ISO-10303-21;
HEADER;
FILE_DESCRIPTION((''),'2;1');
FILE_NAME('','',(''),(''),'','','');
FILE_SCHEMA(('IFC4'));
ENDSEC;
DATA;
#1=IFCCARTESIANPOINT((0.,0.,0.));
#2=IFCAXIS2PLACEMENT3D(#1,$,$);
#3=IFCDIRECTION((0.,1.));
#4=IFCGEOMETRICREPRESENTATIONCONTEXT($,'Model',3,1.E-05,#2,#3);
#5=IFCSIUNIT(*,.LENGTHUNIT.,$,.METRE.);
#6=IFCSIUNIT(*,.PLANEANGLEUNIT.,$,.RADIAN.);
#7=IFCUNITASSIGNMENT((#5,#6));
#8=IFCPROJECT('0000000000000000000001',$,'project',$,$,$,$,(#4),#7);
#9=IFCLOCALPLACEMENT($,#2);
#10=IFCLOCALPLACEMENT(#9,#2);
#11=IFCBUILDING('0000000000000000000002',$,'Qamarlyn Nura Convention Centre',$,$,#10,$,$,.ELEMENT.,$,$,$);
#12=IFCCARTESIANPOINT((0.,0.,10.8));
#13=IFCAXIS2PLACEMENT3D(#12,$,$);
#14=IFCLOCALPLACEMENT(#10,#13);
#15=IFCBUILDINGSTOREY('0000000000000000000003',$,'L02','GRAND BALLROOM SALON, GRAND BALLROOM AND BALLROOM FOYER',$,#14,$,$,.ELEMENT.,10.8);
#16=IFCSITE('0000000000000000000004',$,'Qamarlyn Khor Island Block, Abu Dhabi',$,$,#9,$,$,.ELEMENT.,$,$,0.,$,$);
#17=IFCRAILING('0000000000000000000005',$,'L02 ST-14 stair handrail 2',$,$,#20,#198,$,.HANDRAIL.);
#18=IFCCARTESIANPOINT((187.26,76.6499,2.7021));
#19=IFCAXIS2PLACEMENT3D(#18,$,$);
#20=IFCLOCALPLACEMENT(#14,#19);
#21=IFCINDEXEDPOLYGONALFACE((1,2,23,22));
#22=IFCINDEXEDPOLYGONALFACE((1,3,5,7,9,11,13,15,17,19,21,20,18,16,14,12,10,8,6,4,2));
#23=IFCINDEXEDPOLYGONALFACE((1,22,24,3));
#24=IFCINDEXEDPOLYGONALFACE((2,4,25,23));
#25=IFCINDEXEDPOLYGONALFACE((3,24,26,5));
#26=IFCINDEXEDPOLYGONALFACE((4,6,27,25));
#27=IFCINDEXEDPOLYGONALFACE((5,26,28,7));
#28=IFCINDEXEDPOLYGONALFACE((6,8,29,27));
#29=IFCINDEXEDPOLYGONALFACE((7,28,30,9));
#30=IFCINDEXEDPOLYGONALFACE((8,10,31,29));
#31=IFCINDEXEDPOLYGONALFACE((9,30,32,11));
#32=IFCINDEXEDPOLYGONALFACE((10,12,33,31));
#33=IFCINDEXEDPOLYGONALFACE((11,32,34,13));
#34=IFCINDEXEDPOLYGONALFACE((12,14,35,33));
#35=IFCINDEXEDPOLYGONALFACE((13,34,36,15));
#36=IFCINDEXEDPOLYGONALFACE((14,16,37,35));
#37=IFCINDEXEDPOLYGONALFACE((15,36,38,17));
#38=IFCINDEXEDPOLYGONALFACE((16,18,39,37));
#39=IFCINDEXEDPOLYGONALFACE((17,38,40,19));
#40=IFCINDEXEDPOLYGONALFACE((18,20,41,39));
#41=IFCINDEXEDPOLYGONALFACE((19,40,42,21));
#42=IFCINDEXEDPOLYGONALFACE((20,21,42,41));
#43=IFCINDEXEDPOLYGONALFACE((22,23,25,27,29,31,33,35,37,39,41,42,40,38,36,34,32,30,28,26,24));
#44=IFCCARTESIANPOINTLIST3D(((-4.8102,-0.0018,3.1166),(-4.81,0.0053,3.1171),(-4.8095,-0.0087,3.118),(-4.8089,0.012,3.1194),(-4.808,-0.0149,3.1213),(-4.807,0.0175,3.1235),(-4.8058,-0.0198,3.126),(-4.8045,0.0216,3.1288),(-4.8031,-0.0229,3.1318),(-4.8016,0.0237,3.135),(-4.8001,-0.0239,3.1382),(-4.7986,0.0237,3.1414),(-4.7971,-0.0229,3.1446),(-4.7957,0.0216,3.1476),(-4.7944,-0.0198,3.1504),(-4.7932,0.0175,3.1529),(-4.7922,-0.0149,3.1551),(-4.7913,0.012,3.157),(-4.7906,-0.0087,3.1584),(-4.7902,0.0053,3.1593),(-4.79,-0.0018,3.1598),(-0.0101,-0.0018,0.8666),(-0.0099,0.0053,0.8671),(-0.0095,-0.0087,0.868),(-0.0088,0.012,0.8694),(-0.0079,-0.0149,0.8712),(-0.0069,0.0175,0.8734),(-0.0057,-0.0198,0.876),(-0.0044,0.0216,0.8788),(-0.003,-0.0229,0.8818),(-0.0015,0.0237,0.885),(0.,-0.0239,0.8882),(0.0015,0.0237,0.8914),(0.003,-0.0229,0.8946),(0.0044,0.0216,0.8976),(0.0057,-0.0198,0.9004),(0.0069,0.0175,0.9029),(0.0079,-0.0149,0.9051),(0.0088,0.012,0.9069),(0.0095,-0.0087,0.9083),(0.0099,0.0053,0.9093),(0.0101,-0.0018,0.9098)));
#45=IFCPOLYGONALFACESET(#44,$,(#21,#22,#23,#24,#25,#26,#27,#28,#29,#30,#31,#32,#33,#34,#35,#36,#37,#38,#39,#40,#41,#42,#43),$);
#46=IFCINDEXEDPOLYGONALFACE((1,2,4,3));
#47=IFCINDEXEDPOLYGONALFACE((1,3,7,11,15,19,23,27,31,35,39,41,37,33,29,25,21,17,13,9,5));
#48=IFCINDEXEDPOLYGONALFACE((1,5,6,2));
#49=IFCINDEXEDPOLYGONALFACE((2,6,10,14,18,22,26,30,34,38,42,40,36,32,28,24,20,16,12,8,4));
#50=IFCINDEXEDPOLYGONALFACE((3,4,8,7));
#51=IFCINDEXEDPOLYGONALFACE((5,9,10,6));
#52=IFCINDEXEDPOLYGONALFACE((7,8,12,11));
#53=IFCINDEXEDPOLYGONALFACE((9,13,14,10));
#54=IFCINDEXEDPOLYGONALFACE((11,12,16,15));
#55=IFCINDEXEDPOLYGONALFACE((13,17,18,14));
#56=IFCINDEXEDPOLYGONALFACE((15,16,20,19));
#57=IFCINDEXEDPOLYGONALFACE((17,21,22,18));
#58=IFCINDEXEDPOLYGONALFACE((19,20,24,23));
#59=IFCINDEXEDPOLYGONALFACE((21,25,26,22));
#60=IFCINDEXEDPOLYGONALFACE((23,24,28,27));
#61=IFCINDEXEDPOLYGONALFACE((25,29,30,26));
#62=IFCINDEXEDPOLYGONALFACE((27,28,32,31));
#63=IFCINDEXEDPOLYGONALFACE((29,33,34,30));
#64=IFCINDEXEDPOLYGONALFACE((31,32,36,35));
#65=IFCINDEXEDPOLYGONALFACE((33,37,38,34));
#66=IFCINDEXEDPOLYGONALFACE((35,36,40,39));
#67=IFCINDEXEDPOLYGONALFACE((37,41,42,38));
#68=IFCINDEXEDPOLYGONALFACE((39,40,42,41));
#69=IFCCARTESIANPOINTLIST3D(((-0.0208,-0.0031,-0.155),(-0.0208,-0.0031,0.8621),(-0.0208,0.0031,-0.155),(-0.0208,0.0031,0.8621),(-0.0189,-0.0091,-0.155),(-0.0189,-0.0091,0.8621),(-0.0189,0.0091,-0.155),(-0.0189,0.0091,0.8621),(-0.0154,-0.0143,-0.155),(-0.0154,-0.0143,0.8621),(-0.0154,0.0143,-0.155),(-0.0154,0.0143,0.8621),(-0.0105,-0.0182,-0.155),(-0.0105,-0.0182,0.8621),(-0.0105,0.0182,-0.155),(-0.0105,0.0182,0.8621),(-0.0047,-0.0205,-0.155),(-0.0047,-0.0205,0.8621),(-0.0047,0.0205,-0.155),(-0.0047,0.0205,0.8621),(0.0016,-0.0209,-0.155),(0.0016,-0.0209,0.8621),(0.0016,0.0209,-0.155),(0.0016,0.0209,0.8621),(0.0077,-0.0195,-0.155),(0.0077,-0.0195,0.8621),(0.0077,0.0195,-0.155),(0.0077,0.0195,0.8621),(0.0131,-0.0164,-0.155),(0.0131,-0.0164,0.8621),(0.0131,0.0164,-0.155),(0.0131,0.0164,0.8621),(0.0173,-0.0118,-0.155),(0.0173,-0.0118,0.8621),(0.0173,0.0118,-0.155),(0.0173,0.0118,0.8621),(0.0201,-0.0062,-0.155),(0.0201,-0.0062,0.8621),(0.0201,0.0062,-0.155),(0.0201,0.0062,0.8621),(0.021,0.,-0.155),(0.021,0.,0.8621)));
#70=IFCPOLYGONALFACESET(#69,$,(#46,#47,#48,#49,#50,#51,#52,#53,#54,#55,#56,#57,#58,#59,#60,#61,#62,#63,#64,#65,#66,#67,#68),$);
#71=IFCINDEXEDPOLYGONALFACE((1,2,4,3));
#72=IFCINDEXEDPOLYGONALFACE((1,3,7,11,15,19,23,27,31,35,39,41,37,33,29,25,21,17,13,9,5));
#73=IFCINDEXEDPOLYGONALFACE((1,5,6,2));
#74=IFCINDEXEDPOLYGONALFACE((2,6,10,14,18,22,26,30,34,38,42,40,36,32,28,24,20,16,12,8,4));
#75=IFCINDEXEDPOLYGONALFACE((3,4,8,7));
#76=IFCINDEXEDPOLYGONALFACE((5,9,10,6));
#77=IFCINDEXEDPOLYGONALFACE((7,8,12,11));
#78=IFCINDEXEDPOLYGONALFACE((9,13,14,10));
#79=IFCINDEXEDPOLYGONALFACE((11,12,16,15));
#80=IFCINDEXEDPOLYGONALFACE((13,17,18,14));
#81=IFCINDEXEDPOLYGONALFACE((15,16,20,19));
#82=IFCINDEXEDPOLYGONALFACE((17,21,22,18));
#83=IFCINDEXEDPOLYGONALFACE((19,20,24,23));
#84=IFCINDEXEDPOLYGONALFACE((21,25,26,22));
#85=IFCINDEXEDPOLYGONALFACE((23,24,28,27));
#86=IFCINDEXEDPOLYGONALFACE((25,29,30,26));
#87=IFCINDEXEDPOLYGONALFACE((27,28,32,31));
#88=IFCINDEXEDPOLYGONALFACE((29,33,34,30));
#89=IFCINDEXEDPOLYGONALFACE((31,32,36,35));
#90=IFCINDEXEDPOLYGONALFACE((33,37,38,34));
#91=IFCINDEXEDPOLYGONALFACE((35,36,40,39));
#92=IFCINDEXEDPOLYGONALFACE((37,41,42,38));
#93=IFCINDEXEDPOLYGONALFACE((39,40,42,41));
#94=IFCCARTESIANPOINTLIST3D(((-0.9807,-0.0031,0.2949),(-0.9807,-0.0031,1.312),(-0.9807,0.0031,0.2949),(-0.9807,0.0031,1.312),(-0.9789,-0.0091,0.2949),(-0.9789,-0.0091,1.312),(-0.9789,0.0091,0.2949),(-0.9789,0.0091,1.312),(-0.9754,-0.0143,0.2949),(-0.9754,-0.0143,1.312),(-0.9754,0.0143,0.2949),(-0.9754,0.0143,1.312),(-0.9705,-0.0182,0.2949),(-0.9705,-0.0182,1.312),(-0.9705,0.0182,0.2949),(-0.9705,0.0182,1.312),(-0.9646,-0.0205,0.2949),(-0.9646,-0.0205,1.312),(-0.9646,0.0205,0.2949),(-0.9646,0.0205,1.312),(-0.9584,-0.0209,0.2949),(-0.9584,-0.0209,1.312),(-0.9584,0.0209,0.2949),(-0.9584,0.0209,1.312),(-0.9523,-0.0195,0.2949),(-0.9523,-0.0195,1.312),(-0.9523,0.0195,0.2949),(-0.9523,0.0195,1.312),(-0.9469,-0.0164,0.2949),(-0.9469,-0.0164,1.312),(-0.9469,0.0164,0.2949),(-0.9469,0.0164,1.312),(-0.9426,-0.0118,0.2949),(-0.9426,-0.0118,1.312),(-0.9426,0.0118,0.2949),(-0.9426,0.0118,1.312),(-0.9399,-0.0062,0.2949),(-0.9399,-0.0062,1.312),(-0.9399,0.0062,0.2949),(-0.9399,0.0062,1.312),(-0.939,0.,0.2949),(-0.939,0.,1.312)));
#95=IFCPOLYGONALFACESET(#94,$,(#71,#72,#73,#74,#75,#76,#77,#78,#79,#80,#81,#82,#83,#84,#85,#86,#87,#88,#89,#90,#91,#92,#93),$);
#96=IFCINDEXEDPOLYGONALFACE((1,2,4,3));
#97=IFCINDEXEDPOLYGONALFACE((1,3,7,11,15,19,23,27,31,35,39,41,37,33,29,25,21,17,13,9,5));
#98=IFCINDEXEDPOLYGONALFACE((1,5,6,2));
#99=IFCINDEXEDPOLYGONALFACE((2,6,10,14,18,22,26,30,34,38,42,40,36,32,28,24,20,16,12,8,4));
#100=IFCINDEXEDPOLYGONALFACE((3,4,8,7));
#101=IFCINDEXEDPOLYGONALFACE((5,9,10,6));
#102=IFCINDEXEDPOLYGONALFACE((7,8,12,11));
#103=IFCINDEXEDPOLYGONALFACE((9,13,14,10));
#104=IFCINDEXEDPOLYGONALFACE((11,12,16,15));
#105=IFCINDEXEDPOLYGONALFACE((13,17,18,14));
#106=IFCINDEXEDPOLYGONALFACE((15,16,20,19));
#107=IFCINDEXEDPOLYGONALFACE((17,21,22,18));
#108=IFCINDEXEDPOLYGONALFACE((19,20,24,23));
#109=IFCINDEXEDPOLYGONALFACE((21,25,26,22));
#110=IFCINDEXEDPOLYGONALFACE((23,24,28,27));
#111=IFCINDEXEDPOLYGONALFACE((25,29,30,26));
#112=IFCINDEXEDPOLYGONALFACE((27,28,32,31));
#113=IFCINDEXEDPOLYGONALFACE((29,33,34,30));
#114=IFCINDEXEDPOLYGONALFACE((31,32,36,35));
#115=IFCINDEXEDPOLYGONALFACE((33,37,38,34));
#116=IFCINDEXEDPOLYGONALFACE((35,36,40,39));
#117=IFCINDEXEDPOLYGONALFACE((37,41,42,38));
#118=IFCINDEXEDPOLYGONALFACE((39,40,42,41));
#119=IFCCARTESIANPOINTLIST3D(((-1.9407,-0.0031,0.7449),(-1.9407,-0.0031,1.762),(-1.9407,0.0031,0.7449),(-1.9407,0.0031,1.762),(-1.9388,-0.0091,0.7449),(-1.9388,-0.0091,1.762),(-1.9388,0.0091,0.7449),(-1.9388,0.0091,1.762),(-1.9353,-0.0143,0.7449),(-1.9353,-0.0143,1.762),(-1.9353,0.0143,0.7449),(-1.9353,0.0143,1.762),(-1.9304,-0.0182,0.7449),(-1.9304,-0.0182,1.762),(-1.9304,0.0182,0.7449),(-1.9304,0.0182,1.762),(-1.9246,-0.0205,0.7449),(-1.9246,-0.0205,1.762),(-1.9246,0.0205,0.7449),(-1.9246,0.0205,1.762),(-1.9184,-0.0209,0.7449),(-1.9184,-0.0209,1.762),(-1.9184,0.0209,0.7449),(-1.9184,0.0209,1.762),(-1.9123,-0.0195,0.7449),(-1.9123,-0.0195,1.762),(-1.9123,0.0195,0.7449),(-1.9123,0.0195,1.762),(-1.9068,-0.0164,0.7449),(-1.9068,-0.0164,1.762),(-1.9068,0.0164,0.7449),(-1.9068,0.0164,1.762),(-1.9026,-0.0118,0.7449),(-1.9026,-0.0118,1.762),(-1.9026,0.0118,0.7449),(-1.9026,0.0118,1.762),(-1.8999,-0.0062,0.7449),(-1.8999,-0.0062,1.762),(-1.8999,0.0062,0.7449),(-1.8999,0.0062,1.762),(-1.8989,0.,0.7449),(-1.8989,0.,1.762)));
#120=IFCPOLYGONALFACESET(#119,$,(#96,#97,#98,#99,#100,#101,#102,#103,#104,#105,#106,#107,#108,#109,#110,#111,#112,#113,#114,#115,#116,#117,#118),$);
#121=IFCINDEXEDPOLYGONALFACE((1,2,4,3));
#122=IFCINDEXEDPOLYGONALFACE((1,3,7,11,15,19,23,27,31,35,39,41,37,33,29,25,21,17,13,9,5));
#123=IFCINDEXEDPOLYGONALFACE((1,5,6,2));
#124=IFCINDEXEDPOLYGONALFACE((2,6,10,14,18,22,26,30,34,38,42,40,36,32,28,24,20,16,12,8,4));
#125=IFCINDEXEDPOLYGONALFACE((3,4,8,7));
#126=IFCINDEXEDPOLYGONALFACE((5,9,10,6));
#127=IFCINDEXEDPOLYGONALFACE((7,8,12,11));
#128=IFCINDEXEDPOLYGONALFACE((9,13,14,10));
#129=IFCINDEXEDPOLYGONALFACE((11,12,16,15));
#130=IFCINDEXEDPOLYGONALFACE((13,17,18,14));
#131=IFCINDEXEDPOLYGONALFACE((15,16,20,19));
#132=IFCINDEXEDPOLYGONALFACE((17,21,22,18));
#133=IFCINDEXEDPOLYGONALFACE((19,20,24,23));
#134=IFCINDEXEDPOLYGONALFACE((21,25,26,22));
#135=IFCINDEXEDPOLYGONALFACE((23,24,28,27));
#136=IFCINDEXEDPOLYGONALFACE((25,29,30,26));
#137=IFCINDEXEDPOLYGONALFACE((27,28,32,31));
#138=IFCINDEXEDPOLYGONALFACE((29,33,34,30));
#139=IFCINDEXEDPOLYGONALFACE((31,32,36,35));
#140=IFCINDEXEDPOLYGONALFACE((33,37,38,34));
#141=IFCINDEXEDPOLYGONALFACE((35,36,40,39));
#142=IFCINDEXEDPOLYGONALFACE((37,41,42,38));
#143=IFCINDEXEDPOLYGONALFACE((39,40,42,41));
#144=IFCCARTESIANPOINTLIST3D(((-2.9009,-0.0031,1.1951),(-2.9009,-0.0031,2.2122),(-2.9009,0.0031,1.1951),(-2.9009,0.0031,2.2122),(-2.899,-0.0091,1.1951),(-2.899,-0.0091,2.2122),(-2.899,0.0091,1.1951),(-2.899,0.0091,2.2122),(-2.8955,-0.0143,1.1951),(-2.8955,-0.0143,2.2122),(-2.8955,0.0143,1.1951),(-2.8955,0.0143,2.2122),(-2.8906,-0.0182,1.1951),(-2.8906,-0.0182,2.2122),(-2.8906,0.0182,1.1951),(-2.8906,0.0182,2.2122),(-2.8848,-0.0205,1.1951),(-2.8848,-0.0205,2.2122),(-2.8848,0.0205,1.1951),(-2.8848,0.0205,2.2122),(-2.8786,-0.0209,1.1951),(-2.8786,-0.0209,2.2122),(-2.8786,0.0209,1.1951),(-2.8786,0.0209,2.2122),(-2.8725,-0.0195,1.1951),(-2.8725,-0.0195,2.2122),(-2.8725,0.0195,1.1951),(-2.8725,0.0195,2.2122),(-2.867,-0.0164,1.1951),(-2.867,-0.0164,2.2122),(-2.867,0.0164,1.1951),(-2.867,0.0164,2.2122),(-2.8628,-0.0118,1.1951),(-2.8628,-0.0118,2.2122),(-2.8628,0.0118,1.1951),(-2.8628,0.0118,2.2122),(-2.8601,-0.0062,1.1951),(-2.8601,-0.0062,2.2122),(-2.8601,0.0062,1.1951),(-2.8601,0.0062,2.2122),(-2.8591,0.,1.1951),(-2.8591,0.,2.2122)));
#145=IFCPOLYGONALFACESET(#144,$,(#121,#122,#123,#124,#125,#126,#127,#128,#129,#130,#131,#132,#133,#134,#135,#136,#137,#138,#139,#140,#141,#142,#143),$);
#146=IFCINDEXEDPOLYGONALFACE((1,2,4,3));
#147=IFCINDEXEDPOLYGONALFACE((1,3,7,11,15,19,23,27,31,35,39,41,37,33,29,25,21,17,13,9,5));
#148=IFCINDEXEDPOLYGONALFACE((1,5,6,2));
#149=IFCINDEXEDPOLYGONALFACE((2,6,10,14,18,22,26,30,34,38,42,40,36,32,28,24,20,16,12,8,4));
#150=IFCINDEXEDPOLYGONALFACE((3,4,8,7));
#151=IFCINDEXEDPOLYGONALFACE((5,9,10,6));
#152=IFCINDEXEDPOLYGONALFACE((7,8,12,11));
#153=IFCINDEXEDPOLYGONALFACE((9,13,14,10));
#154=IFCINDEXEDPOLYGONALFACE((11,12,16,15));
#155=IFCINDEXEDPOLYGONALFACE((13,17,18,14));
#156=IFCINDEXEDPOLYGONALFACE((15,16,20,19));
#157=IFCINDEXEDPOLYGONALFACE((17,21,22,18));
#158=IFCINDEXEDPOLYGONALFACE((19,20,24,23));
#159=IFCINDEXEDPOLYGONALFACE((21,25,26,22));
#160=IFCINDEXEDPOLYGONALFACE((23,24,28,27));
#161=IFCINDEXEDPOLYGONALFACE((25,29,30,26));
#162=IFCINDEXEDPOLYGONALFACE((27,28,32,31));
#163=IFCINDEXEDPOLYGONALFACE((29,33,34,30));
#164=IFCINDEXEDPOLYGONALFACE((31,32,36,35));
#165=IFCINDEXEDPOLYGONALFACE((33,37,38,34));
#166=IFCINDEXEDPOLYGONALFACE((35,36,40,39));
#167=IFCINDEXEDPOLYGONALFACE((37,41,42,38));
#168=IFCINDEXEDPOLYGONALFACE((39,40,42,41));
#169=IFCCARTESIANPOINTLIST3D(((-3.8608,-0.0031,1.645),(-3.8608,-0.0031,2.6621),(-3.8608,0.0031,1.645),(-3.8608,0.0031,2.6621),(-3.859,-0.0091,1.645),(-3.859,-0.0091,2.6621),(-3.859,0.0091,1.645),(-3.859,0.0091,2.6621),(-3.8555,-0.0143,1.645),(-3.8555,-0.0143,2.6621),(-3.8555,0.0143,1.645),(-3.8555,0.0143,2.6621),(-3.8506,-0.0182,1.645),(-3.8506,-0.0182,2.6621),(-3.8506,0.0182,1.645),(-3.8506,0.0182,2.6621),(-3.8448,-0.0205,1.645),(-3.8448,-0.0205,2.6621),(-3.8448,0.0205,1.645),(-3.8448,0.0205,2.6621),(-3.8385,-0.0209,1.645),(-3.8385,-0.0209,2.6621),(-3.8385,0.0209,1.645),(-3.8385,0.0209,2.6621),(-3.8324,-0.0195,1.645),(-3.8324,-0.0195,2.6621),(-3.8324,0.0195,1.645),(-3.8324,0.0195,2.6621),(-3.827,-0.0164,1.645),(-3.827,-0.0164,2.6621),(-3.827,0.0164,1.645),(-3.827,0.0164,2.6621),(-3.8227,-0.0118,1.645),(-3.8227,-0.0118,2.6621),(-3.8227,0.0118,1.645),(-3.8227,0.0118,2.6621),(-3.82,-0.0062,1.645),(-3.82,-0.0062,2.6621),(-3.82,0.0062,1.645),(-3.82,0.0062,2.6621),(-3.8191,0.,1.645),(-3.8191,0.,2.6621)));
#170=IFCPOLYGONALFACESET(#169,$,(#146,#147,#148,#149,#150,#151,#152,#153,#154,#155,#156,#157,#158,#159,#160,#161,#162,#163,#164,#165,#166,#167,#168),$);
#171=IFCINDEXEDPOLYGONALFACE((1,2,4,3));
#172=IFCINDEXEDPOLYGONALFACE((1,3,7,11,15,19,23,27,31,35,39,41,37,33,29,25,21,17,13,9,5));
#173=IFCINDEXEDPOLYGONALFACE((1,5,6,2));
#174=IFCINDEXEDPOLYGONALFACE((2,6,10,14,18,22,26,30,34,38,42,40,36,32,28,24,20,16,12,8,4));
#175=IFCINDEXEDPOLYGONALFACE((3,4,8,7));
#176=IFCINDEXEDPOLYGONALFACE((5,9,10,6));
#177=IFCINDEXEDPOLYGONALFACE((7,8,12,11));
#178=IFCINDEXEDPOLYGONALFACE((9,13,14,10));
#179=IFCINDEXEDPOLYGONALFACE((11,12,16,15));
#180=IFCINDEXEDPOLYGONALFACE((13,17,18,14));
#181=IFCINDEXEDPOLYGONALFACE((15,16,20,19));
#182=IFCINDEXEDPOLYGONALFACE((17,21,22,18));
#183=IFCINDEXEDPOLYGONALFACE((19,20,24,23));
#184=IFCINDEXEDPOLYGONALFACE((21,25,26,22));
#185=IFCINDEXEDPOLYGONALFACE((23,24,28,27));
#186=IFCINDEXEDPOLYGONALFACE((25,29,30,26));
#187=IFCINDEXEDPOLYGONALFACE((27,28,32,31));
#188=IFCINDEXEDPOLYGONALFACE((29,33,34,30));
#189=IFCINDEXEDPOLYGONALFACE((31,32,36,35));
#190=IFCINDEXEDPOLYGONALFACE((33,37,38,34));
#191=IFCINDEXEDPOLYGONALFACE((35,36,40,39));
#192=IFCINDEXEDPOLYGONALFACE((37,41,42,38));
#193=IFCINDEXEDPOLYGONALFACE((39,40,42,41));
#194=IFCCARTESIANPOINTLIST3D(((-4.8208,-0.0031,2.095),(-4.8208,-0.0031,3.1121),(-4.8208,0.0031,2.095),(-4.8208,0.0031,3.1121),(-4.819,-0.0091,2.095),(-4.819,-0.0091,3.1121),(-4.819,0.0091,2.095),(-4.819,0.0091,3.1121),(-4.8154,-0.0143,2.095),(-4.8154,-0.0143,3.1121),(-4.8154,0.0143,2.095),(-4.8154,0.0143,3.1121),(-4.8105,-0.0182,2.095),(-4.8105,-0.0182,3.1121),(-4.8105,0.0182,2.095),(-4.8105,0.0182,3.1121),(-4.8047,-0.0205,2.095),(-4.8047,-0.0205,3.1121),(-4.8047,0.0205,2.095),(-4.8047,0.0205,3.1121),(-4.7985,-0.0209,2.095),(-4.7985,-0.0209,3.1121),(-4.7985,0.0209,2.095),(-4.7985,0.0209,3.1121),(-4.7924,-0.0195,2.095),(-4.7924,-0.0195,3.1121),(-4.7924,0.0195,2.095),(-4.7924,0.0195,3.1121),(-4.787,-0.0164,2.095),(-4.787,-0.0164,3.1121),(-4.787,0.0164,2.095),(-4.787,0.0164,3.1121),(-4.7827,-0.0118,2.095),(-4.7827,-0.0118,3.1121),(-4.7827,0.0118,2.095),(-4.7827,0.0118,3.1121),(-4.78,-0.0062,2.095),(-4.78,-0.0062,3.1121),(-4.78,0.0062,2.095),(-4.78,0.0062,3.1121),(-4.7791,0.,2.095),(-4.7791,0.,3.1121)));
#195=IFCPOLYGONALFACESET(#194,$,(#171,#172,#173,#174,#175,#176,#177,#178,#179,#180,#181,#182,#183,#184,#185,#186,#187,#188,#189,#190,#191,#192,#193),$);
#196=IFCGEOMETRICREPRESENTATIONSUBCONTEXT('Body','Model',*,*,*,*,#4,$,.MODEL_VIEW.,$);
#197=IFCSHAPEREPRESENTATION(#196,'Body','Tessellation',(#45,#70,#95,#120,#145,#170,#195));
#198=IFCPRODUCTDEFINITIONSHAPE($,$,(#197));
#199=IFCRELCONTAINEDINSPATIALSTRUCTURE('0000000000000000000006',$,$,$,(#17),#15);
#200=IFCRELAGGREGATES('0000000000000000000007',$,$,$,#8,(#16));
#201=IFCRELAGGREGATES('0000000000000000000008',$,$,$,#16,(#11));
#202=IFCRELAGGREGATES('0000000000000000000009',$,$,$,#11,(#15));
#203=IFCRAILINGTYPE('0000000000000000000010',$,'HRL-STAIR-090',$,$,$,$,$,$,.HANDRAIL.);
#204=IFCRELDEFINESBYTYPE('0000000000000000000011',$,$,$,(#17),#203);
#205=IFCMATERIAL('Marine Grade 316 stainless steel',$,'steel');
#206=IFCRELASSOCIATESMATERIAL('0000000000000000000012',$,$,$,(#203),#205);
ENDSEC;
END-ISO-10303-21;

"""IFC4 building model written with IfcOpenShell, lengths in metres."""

from ifc_helpers import new_model, si_unit, direction, frame, origin, origin_2d, place, context, subcontext, project, spatial, circle, extrude, material, type_object, element, save


model = new_model("IFC4")

# Units and contexts
model_context = context("Model", 3, precision=1e-05, world=origin(), true_north=direction((0.0, 1.0)))
body_context = subcontext(model_context, "Body", "Model", "MODEL_VIEW")
ifc_project = project(units=[si_unit("LENGTHUNIT", "METRE"), si_unit("PLANEANGLEUNIT", "RADIAN")], contexts=[model_context])

# Site, building, storey
site_placement = place(None, origin())
site = spatial("IfcSite", under=ifc_project, at=site_placement, Name="Qamarlyn Khor Island Block, Abu Dhabi", CompositionType="ELEMENT", RefElevation=0.0)
building_placement = place(site_placement, origin())
building = spatial("IfcBuilding", under=site, at=building_placement, Name="Qamarlyn Nura Convention Centre", CompositionType="ELEMENT")
storey_placement = place(building_placement, frame((0.0, 0.0, 10.8)))
storey = spatial("IfcBuildingStorey", under=building, at=storey_placement, Name="L02", Description="GRAND BALLROOM SALON, GRAND BALLROOM AND BALLROOM FOYER", CompositionType="ELEMENT", Elevation=10.8)

# Railing
ifc_material_1 = material(Name="Marine Grade 316 stainless steel", Category="steel")
railing_type_1 = type_object("IfcRailingType", Name="HRL-STAIR-090", PredefinedType="HANDRAIL", material=ifc_material_1)
railing_1_placement = place(storey_placement, frame((187.26, 76.6499, 2.7021)))
element("IfcRailing", 1, at=railing_1_placement, inside=storey, type_object=railing_type_1, Name="L02 ST-14 stair handrail 2", PredefinedType="HANDRAIL", context=body_context, shape_type="SweptSolid", body=[
    extrude(circle(Radius=0.0239, at=origin_2d()), frame((0.0, 0.0, 0.8882), z_axis=(-0.905461, 0.0, 0.42443), x_axis=(0.0, -1.0, 0.0)), (0.0, 0.0, 1.0), 5.3013),
    extrude(circle(Radius=0.021, at=origin_2d()), frame((0.0, 0.0, -0.155)), (0.0, 0.0, 1.0), 1.0171),
    extrude(circle(Radius=0.021, at=origin_2d()), frame((-0.96, 0.0, 0.2949)), (0.0, 0.0, 1.0), 1.0171),
    extrude(circle(Radius=0.021, at=origin_2d()), frame((-1.9199, 0.0, 0.7449)), (0.0, 0.0, 1.0), 1.0171),
    extrude(circle(Radius=0.021, at=origin_2d()), frame((-2.8801, 0.0, 1.1951)), (0.0, 0.0, 1.0), 1.0171),
    extrude(circle(Radius=0.021, at=origin_2d()), frame((-3.8401, 0.0, 1.645)), (0.0, 0.0, 1.0), 1.0171),
    extrude(circle(Radius=0.021, at=origin_2d()), frame((-4.8, 0.0, 2.095)), (0.0, 0.0, 1.0), 1.0171),
])

save(model, "model.ifc")
